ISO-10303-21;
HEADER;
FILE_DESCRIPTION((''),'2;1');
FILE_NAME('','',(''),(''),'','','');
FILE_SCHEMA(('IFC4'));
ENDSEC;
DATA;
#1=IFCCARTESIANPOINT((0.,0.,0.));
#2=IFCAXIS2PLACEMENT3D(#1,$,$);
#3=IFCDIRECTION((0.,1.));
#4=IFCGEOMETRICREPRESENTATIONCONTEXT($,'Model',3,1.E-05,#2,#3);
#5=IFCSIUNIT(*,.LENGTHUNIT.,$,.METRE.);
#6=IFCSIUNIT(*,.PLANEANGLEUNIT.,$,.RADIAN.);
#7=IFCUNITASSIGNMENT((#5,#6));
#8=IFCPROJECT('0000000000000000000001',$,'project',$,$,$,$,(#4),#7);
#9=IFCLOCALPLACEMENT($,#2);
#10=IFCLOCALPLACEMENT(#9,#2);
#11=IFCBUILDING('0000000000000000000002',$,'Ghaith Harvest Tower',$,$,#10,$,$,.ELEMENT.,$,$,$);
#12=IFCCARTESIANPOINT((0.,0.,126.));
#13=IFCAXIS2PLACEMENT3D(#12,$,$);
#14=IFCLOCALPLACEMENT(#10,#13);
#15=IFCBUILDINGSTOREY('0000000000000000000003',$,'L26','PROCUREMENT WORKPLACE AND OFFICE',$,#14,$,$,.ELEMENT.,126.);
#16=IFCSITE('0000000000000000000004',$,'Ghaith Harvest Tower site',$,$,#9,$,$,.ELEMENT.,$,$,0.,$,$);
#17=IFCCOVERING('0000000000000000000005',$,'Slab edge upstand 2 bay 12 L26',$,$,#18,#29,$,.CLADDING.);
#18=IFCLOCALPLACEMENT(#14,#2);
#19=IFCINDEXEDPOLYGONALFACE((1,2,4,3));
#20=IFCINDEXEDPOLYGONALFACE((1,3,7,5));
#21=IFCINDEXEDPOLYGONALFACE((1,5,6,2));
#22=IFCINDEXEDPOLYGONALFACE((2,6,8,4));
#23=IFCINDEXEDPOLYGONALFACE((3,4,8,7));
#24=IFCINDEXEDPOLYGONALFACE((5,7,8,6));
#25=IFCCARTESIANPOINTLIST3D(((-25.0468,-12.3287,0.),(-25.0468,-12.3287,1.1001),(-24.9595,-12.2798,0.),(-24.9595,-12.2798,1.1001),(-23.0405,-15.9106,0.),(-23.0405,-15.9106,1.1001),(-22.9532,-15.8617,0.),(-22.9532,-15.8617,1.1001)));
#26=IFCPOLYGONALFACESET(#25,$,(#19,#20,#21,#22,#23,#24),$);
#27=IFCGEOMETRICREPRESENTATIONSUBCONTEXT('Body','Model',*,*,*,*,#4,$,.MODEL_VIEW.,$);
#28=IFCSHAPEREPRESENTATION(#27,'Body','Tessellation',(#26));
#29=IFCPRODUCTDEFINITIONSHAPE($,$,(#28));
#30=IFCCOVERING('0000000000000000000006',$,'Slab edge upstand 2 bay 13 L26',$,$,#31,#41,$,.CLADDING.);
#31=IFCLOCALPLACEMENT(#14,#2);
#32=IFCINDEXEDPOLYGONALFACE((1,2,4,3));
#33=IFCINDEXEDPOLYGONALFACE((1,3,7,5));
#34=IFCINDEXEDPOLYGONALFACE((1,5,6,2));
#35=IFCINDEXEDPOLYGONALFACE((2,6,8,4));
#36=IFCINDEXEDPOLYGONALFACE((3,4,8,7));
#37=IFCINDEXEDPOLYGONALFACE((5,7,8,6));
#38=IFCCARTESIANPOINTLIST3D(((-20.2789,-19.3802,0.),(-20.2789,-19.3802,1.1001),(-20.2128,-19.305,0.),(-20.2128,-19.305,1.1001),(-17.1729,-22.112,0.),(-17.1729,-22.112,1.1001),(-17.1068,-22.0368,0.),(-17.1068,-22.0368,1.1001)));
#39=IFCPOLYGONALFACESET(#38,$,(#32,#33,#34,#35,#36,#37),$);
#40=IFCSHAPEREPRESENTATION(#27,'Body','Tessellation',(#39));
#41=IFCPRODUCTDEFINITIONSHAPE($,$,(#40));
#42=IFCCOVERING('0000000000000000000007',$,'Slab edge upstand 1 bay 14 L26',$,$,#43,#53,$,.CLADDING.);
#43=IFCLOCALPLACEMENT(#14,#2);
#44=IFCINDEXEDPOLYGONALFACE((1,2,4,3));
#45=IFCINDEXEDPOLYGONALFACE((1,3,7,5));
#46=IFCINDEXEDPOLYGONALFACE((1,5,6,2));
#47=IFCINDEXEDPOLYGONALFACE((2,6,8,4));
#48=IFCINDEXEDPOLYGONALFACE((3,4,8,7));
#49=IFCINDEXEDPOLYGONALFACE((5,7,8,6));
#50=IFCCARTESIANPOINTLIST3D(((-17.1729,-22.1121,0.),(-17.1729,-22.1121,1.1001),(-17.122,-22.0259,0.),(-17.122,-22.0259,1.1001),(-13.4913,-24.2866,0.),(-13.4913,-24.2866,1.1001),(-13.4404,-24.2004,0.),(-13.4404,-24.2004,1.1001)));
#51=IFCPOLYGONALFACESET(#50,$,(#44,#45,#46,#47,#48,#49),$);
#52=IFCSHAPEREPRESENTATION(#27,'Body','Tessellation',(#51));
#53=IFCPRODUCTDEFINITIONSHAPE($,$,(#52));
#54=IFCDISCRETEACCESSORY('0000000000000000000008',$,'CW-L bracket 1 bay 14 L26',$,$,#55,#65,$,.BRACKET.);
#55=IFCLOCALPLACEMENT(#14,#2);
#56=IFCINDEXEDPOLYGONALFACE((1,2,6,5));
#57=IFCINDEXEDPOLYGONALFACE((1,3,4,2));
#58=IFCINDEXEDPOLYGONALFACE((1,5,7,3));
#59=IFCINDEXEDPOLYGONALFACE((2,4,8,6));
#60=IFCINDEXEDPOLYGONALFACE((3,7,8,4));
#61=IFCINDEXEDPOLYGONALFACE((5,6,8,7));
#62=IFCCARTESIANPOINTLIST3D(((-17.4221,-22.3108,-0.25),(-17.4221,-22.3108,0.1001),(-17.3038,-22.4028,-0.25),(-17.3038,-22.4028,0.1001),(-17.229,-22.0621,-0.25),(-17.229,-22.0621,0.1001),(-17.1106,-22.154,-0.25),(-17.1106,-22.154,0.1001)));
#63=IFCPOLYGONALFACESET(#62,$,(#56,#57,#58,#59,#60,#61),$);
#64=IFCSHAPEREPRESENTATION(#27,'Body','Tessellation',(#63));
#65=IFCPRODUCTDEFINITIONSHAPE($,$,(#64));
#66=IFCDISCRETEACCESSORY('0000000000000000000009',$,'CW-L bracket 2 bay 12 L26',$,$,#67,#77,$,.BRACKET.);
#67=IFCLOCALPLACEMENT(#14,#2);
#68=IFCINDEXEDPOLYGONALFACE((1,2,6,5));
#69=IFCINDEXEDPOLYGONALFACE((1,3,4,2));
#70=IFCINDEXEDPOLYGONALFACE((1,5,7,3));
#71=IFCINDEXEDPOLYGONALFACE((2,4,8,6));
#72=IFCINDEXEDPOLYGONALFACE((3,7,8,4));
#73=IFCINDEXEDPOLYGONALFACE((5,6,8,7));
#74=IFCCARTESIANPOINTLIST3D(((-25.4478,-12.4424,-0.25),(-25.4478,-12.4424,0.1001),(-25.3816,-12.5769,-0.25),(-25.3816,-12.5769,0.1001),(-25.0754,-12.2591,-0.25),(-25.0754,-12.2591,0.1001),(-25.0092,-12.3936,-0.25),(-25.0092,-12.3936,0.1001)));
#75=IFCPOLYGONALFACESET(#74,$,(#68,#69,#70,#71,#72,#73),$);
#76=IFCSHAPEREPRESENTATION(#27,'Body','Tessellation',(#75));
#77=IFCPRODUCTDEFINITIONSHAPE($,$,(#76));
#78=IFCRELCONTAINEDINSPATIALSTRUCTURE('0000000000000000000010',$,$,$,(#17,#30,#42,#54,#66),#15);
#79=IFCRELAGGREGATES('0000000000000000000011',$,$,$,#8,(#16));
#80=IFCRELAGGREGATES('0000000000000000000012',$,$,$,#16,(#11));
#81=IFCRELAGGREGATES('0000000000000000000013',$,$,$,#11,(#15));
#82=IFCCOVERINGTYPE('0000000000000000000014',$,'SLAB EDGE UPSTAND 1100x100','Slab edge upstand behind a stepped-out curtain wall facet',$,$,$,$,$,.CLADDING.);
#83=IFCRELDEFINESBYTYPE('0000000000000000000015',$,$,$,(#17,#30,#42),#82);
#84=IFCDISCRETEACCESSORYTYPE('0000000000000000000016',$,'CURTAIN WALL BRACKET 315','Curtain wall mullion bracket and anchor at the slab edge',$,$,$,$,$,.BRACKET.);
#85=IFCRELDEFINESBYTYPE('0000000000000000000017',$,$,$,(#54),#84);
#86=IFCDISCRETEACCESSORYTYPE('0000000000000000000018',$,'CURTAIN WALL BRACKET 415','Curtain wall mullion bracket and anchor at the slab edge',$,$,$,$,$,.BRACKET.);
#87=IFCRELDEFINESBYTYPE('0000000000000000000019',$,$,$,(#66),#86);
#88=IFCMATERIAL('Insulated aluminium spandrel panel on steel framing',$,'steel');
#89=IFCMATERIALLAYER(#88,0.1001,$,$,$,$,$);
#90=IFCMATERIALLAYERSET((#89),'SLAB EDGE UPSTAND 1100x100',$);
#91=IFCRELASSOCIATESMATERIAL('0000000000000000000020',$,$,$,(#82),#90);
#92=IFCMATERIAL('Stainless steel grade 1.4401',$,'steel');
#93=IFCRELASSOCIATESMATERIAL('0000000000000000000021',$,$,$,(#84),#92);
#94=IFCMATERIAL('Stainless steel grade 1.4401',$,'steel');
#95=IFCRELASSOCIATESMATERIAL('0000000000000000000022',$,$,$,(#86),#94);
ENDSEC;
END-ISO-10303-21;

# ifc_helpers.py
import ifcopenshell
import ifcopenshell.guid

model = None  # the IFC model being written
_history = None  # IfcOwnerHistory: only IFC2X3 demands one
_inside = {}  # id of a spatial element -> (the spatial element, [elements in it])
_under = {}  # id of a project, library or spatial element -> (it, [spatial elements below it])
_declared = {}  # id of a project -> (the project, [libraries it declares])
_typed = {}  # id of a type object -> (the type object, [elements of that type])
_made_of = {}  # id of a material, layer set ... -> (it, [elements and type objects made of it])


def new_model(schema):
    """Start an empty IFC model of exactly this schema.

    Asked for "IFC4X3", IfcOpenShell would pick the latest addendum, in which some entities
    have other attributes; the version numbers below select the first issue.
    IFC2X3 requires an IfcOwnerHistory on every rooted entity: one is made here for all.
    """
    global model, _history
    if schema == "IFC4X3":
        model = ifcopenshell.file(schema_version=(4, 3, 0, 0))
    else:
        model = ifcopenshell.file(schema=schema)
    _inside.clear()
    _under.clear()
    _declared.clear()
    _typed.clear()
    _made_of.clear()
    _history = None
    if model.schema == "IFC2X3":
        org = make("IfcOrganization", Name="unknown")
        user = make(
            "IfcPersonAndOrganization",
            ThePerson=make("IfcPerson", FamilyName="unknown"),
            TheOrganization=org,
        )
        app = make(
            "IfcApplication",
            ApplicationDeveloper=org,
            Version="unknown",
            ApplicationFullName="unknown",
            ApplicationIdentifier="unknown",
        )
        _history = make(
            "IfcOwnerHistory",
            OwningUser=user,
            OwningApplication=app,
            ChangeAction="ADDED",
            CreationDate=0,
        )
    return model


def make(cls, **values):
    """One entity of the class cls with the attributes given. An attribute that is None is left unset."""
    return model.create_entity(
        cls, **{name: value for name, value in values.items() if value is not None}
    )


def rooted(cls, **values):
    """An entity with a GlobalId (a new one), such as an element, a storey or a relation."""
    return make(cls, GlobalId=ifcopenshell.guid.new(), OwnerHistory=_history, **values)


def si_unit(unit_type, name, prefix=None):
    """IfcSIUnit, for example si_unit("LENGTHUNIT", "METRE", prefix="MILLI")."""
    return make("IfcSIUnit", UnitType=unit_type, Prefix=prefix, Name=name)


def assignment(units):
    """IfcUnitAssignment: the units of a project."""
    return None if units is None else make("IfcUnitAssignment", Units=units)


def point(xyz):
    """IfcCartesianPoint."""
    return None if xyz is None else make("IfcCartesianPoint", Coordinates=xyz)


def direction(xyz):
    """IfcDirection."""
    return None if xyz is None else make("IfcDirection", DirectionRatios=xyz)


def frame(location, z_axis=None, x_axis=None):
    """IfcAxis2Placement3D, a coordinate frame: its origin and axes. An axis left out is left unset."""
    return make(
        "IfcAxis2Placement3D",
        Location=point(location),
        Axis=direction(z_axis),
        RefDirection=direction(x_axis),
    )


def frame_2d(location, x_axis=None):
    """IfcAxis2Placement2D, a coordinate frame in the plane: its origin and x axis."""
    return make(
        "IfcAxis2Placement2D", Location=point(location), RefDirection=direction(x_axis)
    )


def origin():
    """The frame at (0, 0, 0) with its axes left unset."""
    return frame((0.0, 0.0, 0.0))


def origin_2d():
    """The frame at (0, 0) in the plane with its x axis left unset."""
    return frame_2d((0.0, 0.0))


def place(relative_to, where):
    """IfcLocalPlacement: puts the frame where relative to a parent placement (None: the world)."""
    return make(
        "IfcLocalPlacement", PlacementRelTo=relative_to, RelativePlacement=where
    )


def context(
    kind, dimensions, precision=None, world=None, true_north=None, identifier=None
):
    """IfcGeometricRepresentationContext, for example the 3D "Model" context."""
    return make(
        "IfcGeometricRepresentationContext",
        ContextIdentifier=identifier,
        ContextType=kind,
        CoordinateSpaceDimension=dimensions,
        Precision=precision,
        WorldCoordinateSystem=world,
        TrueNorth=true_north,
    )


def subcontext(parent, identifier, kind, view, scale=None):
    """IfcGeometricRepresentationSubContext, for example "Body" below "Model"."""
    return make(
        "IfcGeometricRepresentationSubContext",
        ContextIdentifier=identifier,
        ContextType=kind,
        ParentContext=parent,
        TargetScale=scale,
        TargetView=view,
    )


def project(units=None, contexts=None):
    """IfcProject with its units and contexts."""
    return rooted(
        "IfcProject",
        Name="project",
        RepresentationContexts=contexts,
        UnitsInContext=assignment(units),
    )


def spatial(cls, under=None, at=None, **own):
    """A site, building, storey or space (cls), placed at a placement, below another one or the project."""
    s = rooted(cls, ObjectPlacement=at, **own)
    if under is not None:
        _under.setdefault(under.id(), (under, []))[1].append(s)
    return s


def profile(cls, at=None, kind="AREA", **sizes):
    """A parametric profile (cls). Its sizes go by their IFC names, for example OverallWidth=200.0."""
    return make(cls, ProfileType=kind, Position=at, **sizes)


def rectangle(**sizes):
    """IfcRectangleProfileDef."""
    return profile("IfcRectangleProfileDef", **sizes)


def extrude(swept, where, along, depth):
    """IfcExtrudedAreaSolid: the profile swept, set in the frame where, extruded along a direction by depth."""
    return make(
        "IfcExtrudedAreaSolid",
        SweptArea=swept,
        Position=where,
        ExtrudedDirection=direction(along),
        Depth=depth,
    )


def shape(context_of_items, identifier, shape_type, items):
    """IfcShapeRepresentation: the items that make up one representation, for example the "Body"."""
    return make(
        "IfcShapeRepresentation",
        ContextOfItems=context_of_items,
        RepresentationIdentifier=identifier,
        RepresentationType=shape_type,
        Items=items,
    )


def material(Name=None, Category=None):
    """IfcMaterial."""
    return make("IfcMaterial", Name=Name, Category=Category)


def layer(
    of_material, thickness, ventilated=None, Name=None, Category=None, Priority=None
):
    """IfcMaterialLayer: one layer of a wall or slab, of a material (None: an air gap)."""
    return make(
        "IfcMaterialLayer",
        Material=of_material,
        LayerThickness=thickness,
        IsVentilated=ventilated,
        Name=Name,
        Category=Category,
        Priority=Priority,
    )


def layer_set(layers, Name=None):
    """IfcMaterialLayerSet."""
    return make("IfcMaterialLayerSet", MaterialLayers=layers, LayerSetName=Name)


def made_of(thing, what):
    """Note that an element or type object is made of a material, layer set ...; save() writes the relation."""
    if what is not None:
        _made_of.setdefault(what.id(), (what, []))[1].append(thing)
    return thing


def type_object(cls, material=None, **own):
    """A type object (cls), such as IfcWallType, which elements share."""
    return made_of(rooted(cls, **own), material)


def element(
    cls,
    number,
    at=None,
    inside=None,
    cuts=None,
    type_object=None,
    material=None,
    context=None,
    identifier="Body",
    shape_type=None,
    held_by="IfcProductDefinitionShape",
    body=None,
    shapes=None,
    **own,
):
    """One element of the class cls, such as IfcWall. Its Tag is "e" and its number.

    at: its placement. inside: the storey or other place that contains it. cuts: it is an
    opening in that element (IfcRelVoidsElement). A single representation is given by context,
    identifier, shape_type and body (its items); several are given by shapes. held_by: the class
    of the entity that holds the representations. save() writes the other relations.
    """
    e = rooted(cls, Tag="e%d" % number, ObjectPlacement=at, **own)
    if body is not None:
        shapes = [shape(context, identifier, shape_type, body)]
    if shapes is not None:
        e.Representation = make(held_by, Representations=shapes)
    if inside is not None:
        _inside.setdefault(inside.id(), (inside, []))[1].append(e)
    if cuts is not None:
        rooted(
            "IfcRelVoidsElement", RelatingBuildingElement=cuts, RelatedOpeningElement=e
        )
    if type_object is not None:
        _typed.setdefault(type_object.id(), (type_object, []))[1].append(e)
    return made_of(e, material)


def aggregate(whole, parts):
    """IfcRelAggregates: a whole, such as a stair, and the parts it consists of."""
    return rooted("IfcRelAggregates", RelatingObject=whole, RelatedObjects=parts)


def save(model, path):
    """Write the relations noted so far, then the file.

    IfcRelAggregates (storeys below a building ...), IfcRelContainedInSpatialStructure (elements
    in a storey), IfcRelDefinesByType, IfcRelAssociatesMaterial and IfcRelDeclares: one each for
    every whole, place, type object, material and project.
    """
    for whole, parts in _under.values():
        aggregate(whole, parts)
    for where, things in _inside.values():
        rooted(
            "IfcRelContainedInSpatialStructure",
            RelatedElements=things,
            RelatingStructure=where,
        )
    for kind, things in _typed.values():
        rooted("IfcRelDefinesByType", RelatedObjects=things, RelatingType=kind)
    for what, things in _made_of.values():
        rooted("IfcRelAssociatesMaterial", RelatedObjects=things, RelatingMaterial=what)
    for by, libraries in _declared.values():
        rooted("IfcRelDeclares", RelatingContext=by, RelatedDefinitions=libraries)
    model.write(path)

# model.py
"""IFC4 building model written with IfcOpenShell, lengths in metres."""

from ifc_helpers import new_model, si_unit, direction, frame, origin, origin_2d, place, context, subcontext, project, spatial, rectangle, extrude, material, layer, layer_set, type_object, element, save


model = new_model("IFC4")

# Units and contexts
model_context = context("Model", 3, precision=1e-05, world=origin(), true_north=direction((0.0, 1.0)))
body_context = subcontext(model_context, "Body", "Model", "MODEL_VIEW")
ifc_project = project(units=[si_unit("LENGTHUNIT", "METRE"), si_unit("PLANEANGLEUNIT", "RADIAN")], contexts=[model_context])

# Site, building, storey
site_placement = place(None, origin())
site = spatial("IfcSite", under=ifc_project, at=site_placement, Name="Ghaith Harvest Tower site", CompositionType="ELEMENT", RefElevation=0.0)
building_placement = place(site_placement, origin())
building = spatial("IfcBuilding", under=site, at=building_placement, Name="Ghaith Harvest Tower", CompositionType="ELEMENT")
storey_placement = place(building_placement, frame((0.0, 0.0, 126.0)))
storey = spatial("IfcBuildingStorey", under=building, at=storey_placement, Name="L26", Description="PROCUREMENT WORKPLACE AND OFFICE", CompositionType="ELEMENT", Elevation=126.0)

# Coverings
ifc_material_1 = material(Name="Insulated aluminium spandrel panel on steel framing", Category="steel")
ifc_layer_1 = layer(ifc_material_1, 0.1001)
ifc_layer_set_1 = layer_set([ifc_layer_1], Name="SLAB EDGE UPSTAND 1100x100")
covering_type = type_object("IfcCoveringType", Name="SLAB EDGE UPSTAND 1100x100", Description="Slab edge upstand behind a stepped-out curtain wall facet", PredefinedType="CLADDING", material=ifc_layer_set_1)
covering_1_placement = place(storey_placement, frame((-24.0, -14.0952, 0.0), z_axis=(0.0, 0.0, 1.0), x_axis=(0.488684, -0.872461, 0.0)))
element("IfcCovering", 1, at=covering_1_placement, inside=storey, type_object=covering_type, Name="Slab edge upstand 2 bay 12 L26", PredefinedType="CLADDING", context=body_context, shape_type="SweptSolid", body=[
    extrude(rectangle(XDim=4.1055, YDim=0.1001, at=origin_2d()), origin(), (0.0, 0.0, 1.0), 1.1001),
])
covering_2_placement = place(storey_placement, frame((-18.6929, -20.7085, 0.0), z_axis=(0.0, 0.0, 1.0), x_axis=(0.750892, -0.660425, 0.0)))
element("IfcCovering", 2, at=covering_2_placement, inside=storey, type_object=covering_type, Name="Slab edge upstand 2 bay 13 L26", PredefinedType="CLADDING", context=body_context, shape_type="SweptSolid", body=[
    extrude(rectangle(XDim=4.1365, YDim=0.1001, at=origin_2d()), origin(), (0.0, 0.0, 1.0), 1.1001),
])
covering_3_placement = place(storey_placement, frame((-15.3066, -23.1562, 0.0), z_axis=(0.0, 0.0, 1.0), x_axis=(0.861021, -0.50857, 0.0)))
element("IfcCovering", 3, at=covering_3_placement, inside=storey, type_object=covering_type, Name="Slab edge upstand 1 bay 14 L26", PredefinedType="CLADDING", context=body_context, shape_type="SweptSolid", body=[
    extrude(rectangle(XDim=4.2759, YDim=0.1001, at=origin_2d()), origin(), (0.0, 0.0, 1.0), 1.1001),
])

# Discrete accessories
ifc_material_2 = material(Name="Stainless steel grade 1.4401", Category="steel")
discrete_accessory_type_1 = type_object("IfcDiscreteAccessoryType", Name="CURTAIN WALL BRACKET 315", Description="Curtain wall mullion bracket and anchor at the slab edge", PredefinedType="BRACKET", material=ifc_material_2)
discrete_accessory_1_placement = place(storey_placement, frame((-17.2664, -22.2324, -0.25), z_axis=(0.0, 0.0, 1.0), x_axis=(-0.613378, -0.78979, 0.0)))
element("IfcDiscreteAccessory", 4, at=discrete_accessory_1_placement, inside=storey, type_object=discrete_accessory_type_1, Name="CW-L bracket 1 bay 14 L26", PredefinedType="BRACKET", context=body_context, shape_type="SweptSolid", body=[
    extrude(rectangle(XDim=0.3149, YDim=0.1499, at=origin_2d()), origin(), (0.0, 0.0, 1.0), 0.3501),
])
ifc_material_3 = material(Name="Stainless steel grade 1.4401", Category="steel")
discrete_accessory_type_2 = type_object("IfcDiscreteAccessoryType", Name="CURTAIN WALL BRACKET 415", Description="Curtain wall mullion bracket and anchor at the slab edge", PredefinedType="BRACKET", material=ifc_material_3)
discrete_accessory_2_placement = place(storey_placement, frame((-25.2285, -12.418, -0.25), z_axis=(0.0, 0.0, 1.0), x_axis=(-0.897201, -0.441622, 0.0)))
element("IfcDiscreteAccessory", 5, at=discrete_accessory_2_placement, inside=storey, type_object=discrete_accessory_type_2, Name="CW-L bracket 2 bay 12 L26", PredefinedType="BRACKET", context=body_context, shape_type="SweptSolid", body=[
    extrude(rectangle(XDim=0.415, YDim=0.1499, at=origin_2d()), origin(), (0.0, 0.0, 1.0), 0.3501),
])

save(model, "model.ifc")
